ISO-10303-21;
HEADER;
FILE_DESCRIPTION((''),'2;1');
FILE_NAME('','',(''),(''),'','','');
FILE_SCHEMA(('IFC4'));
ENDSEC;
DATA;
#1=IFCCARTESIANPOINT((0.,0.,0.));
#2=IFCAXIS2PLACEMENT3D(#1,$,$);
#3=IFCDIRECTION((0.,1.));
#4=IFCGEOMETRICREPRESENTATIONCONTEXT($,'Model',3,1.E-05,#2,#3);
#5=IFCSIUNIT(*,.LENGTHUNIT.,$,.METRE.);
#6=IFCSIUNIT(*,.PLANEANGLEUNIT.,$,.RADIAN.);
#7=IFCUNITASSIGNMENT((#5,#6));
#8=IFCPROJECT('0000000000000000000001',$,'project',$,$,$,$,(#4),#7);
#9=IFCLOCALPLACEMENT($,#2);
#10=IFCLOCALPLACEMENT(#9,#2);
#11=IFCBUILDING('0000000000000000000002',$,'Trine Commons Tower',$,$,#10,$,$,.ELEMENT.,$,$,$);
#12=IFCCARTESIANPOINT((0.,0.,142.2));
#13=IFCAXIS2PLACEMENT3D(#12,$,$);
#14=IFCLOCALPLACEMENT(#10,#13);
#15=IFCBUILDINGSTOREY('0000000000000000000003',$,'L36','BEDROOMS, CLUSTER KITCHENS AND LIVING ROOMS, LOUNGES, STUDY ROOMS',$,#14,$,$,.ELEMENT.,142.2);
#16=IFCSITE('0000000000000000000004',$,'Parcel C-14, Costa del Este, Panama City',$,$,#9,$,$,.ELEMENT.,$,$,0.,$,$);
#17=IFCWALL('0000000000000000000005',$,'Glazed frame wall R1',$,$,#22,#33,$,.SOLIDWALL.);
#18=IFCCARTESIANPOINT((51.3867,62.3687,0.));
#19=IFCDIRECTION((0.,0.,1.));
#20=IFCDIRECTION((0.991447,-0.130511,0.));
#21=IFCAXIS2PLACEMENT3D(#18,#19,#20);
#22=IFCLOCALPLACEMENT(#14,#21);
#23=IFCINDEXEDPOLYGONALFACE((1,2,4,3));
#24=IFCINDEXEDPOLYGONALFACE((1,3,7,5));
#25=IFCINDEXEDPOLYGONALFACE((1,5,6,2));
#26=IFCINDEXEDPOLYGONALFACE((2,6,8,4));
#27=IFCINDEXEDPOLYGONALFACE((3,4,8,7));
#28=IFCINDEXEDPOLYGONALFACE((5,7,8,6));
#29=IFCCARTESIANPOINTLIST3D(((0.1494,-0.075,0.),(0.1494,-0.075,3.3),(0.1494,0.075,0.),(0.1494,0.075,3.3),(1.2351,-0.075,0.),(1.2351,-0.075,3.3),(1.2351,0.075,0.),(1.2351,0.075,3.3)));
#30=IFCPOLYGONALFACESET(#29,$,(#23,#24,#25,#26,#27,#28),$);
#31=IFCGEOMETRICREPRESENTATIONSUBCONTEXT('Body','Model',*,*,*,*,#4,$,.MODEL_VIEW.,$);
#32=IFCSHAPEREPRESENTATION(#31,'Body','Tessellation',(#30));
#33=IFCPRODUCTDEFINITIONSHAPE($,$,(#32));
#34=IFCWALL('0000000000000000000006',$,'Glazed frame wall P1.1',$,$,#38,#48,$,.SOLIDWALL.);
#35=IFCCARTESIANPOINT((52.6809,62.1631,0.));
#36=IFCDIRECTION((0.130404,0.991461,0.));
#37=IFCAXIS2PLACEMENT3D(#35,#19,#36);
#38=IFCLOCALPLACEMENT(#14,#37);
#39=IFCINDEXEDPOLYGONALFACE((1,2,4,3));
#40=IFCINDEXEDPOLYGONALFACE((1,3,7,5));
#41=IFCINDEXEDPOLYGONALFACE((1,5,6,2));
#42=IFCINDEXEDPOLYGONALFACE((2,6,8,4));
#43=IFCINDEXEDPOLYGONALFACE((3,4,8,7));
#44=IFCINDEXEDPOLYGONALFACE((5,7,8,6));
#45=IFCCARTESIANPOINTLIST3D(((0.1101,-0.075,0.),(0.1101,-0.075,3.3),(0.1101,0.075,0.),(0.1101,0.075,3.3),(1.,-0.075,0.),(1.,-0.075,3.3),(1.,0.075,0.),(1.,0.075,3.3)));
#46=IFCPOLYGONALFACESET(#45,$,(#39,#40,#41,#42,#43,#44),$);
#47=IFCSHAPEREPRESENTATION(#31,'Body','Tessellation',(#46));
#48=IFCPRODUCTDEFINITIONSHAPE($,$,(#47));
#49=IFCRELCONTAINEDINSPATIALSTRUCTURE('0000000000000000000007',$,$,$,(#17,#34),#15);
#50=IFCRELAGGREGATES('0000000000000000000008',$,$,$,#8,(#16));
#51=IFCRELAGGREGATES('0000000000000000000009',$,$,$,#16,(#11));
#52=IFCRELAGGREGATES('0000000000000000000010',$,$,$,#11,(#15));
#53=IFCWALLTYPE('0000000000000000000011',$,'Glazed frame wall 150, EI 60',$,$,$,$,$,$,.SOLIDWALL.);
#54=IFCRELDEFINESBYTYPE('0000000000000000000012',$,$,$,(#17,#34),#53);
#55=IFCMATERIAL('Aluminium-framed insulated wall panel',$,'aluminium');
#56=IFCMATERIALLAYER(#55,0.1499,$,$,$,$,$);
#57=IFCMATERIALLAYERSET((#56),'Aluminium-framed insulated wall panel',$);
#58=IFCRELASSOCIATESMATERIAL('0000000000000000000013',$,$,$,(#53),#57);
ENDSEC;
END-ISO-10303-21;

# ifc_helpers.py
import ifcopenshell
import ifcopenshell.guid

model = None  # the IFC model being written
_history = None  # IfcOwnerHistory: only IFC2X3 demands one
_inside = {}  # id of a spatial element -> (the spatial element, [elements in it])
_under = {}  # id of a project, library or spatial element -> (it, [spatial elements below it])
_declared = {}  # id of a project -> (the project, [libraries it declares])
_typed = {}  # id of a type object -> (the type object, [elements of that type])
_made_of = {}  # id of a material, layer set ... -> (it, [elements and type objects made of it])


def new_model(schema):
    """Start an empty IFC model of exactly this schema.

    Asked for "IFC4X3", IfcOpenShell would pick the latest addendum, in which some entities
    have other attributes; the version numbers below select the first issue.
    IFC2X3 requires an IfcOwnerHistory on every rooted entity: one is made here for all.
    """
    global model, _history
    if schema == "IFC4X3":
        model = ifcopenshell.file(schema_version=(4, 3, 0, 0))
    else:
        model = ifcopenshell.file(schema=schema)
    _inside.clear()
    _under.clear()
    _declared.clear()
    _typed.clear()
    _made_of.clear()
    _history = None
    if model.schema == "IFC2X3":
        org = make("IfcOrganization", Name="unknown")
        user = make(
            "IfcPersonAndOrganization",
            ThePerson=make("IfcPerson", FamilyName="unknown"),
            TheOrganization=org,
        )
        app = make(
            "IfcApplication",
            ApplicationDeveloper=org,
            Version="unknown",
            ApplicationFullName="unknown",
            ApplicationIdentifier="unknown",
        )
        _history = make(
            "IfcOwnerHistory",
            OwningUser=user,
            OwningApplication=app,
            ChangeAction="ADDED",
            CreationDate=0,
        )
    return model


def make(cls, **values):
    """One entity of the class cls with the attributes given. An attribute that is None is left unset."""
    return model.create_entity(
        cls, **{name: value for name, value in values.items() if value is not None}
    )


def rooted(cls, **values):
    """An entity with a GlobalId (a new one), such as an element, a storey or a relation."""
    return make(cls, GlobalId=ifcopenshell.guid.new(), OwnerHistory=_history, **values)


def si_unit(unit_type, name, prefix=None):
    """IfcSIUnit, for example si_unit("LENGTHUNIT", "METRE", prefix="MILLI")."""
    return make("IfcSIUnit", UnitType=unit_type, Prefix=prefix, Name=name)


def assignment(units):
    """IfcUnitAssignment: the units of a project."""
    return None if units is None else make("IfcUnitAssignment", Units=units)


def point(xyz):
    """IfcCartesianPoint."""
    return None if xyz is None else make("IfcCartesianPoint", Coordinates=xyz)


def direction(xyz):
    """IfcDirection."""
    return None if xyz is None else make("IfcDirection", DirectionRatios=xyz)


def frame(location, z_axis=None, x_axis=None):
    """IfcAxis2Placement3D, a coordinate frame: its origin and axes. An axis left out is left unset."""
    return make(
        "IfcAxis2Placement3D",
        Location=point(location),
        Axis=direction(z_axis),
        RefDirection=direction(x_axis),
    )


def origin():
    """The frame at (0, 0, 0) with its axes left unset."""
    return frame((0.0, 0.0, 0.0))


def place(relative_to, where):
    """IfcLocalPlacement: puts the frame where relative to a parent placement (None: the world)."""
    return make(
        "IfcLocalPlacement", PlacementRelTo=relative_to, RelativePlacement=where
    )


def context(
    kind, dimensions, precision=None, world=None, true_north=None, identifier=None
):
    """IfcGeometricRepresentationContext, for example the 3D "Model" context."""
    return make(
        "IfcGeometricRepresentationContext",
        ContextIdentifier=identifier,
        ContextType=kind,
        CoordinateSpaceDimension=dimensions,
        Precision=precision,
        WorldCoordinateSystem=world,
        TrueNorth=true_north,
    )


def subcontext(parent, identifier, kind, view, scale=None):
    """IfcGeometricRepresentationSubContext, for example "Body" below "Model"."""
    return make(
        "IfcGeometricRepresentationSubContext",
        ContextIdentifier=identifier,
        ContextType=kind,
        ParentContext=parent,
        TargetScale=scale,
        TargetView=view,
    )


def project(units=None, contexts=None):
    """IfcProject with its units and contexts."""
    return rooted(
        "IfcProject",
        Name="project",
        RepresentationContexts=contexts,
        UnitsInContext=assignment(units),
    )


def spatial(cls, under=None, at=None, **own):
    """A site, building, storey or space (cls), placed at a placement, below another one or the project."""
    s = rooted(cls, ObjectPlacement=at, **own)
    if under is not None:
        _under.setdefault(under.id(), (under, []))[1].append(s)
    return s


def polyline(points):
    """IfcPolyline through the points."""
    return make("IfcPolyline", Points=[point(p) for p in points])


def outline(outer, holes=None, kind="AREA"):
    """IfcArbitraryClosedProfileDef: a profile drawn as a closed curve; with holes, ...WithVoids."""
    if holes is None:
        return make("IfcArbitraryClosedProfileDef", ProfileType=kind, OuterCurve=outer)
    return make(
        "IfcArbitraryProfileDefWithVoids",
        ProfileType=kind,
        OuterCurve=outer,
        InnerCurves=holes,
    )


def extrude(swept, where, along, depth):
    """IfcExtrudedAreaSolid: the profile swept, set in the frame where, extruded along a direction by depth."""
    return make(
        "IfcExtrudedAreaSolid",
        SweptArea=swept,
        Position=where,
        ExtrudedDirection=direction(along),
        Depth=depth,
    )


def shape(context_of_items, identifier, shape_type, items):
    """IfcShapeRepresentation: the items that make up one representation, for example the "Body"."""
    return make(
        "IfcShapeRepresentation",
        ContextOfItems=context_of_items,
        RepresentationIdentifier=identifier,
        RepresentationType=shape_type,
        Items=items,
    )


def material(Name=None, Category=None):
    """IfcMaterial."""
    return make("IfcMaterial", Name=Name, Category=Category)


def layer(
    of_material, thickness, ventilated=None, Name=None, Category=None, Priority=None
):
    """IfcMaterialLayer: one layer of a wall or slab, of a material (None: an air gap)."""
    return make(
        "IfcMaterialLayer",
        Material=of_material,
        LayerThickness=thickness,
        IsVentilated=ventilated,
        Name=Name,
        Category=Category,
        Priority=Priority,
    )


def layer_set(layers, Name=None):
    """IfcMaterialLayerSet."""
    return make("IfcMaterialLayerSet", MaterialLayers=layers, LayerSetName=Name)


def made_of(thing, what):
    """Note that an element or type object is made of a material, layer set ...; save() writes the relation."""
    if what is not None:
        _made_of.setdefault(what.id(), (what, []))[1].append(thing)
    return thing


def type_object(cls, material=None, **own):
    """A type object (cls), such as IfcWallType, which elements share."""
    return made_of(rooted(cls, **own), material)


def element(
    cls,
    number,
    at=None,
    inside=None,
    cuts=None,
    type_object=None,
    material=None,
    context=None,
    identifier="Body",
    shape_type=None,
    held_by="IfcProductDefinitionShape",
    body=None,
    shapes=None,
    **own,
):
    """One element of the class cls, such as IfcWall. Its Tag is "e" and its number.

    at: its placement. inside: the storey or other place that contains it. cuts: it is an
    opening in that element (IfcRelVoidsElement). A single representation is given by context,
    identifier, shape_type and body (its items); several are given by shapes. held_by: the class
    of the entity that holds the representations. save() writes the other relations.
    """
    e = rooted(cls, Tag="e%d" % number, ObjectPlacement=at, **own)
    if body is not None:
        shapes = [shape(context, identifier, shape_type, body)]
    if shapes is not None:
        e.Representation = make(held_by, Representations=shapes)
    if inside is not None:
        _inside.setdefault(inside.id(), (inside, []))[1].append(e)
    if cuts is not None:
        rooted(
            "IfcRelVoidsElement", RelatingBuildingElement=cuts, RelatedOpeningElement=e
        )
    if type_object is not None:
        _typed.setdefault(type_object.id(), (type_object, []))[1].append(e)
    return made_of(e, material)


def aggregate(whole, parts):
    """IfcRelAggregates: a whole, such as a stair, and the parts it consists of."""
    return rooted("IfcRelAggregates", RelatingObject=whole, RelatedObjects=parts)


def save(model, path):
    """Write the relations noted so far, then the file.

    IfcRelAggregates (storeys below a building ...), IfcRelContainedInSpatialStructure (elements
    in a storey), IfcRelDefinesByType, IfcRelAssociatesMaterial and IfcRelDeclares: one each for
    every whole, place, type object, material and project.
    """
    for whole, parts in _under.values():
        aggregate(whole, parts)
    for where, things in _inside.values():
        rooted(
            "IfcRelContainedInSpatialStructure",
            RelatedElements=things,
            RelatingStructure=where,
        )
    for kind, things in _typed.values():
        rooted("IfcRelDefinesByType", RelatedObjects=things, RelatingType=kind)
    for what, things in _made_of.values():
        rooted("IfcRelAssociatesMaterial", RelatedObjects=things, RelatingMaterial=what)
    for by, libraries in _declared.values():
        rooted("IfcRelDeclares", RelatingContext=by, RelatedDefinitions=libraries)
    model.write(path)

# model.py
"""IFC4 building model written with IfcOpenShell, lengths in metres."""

from ifc_helpers import new_model, si_unit, direction, frame, origin, place, context, subcontext, project, spatial, polyline, outline, extrude, material, layer, layer_set, type_object, element, save


model = new_model("IFC4")

# Units and contexts
model_context = context("Model", 3, precision=1e-05, world=origin(), true_north=direction((0.0, 1.0)))
body_context = subcontext(model_context, "Body", "Model", "MODEL_VIEW")
ifc_project = project(units=[si_unit("LENGTHUNIT", "METRE"), si_unit("PLANEANGLEUNIT", "RADIAN")], contexts=[model_context])

# Site, building, storey
site_placement = place(None, origin())
site = spatial("IfcSite", under=ifc_project, at=site_placement, Name="Parcel C-14, Costa del Este, Panama City", CompositionType="ELEMENT", RefElevation=0.0)
building_placement = place(site_placement, origin())
building = spatial("IfcBuilding", under=site, at=building_placement, Name="Trine Commons Tower", CompositionType="ELEMENT")
storey_placement = place(building_placement, frame((0.0, 0.0, 142.2)))
storey = spatial("IfcBuildingStorey", under=building, at=storey_placement, Name="L36", Description="BEDROOMS, CLUSTER KITCHENS AND LIVING ROOMS, LOUNGES, STUDY ROOMS", CompositionType="ELEMENT", Elevation=142.2)

# Walls
ifc_material_1 = material(Name="Aluminium-framed insulated wall panel", Category="aluminium")
ifc_layer_1 = layer(ifc_material_1, 0.1499)
ifc_layer_set_1 = layer_set([ifc_layer_1], Name="Aluminium-framed insulated wall panel")
wall_type_1 = type_object("IfcWallType", Name="Glazed frame wall 150, EI 60", PredefinedType="SOLIDWALL", material=ifc_layer_set_1)
wall_1_placement = place(storey_placement, frame((51.3867, 62.3687, 0.0), z_axis=(0.0, 0.0, 1.0), x_axis=(0.991447, -0.130511, 0.0)))
element("IfcWall", 1, at=wall_1_placement, inside=storey, type_object=wall_type_1, Name="Glazed frame wall R1", PredefinedType="SOLIDWALL", context=body_context, shape_type="SweptSolid", body=[
    extrude(outline(polyline([(0.1494, 0.075), (0.1494, -0.075), (1.2351, -0.075), (1.2351, 0.075), (0.1494, 0.075)])), origin(), (0.0, 0.0, 1.0), 3.3),
])
wall_2_placement = place(storey_placement, frame((52.6809, 62.1631, 0.0), z_axis=(0.0, 0.0, 1.0), x_axis=(0.130404, 0.991461, 0.0)))
element("IfcWall", 2, at=wall_2_placement, inside=storey, type_object=wall_type_1, Name="Glazed frame wall P1.1", PredefinedType="SOLIDWALL", context=body_context, shape_type="SweptSolid", body=[
    extrude(outline(polyline([(0.1101, -0.075), (1.0, -0.075), (1.0, 0.075), (0.1101, 0.075), (0.1101, -0.075)])), origin(), (0.0, 0.0, 1.0), 3.3),
])

save(model, "model.ifc")
